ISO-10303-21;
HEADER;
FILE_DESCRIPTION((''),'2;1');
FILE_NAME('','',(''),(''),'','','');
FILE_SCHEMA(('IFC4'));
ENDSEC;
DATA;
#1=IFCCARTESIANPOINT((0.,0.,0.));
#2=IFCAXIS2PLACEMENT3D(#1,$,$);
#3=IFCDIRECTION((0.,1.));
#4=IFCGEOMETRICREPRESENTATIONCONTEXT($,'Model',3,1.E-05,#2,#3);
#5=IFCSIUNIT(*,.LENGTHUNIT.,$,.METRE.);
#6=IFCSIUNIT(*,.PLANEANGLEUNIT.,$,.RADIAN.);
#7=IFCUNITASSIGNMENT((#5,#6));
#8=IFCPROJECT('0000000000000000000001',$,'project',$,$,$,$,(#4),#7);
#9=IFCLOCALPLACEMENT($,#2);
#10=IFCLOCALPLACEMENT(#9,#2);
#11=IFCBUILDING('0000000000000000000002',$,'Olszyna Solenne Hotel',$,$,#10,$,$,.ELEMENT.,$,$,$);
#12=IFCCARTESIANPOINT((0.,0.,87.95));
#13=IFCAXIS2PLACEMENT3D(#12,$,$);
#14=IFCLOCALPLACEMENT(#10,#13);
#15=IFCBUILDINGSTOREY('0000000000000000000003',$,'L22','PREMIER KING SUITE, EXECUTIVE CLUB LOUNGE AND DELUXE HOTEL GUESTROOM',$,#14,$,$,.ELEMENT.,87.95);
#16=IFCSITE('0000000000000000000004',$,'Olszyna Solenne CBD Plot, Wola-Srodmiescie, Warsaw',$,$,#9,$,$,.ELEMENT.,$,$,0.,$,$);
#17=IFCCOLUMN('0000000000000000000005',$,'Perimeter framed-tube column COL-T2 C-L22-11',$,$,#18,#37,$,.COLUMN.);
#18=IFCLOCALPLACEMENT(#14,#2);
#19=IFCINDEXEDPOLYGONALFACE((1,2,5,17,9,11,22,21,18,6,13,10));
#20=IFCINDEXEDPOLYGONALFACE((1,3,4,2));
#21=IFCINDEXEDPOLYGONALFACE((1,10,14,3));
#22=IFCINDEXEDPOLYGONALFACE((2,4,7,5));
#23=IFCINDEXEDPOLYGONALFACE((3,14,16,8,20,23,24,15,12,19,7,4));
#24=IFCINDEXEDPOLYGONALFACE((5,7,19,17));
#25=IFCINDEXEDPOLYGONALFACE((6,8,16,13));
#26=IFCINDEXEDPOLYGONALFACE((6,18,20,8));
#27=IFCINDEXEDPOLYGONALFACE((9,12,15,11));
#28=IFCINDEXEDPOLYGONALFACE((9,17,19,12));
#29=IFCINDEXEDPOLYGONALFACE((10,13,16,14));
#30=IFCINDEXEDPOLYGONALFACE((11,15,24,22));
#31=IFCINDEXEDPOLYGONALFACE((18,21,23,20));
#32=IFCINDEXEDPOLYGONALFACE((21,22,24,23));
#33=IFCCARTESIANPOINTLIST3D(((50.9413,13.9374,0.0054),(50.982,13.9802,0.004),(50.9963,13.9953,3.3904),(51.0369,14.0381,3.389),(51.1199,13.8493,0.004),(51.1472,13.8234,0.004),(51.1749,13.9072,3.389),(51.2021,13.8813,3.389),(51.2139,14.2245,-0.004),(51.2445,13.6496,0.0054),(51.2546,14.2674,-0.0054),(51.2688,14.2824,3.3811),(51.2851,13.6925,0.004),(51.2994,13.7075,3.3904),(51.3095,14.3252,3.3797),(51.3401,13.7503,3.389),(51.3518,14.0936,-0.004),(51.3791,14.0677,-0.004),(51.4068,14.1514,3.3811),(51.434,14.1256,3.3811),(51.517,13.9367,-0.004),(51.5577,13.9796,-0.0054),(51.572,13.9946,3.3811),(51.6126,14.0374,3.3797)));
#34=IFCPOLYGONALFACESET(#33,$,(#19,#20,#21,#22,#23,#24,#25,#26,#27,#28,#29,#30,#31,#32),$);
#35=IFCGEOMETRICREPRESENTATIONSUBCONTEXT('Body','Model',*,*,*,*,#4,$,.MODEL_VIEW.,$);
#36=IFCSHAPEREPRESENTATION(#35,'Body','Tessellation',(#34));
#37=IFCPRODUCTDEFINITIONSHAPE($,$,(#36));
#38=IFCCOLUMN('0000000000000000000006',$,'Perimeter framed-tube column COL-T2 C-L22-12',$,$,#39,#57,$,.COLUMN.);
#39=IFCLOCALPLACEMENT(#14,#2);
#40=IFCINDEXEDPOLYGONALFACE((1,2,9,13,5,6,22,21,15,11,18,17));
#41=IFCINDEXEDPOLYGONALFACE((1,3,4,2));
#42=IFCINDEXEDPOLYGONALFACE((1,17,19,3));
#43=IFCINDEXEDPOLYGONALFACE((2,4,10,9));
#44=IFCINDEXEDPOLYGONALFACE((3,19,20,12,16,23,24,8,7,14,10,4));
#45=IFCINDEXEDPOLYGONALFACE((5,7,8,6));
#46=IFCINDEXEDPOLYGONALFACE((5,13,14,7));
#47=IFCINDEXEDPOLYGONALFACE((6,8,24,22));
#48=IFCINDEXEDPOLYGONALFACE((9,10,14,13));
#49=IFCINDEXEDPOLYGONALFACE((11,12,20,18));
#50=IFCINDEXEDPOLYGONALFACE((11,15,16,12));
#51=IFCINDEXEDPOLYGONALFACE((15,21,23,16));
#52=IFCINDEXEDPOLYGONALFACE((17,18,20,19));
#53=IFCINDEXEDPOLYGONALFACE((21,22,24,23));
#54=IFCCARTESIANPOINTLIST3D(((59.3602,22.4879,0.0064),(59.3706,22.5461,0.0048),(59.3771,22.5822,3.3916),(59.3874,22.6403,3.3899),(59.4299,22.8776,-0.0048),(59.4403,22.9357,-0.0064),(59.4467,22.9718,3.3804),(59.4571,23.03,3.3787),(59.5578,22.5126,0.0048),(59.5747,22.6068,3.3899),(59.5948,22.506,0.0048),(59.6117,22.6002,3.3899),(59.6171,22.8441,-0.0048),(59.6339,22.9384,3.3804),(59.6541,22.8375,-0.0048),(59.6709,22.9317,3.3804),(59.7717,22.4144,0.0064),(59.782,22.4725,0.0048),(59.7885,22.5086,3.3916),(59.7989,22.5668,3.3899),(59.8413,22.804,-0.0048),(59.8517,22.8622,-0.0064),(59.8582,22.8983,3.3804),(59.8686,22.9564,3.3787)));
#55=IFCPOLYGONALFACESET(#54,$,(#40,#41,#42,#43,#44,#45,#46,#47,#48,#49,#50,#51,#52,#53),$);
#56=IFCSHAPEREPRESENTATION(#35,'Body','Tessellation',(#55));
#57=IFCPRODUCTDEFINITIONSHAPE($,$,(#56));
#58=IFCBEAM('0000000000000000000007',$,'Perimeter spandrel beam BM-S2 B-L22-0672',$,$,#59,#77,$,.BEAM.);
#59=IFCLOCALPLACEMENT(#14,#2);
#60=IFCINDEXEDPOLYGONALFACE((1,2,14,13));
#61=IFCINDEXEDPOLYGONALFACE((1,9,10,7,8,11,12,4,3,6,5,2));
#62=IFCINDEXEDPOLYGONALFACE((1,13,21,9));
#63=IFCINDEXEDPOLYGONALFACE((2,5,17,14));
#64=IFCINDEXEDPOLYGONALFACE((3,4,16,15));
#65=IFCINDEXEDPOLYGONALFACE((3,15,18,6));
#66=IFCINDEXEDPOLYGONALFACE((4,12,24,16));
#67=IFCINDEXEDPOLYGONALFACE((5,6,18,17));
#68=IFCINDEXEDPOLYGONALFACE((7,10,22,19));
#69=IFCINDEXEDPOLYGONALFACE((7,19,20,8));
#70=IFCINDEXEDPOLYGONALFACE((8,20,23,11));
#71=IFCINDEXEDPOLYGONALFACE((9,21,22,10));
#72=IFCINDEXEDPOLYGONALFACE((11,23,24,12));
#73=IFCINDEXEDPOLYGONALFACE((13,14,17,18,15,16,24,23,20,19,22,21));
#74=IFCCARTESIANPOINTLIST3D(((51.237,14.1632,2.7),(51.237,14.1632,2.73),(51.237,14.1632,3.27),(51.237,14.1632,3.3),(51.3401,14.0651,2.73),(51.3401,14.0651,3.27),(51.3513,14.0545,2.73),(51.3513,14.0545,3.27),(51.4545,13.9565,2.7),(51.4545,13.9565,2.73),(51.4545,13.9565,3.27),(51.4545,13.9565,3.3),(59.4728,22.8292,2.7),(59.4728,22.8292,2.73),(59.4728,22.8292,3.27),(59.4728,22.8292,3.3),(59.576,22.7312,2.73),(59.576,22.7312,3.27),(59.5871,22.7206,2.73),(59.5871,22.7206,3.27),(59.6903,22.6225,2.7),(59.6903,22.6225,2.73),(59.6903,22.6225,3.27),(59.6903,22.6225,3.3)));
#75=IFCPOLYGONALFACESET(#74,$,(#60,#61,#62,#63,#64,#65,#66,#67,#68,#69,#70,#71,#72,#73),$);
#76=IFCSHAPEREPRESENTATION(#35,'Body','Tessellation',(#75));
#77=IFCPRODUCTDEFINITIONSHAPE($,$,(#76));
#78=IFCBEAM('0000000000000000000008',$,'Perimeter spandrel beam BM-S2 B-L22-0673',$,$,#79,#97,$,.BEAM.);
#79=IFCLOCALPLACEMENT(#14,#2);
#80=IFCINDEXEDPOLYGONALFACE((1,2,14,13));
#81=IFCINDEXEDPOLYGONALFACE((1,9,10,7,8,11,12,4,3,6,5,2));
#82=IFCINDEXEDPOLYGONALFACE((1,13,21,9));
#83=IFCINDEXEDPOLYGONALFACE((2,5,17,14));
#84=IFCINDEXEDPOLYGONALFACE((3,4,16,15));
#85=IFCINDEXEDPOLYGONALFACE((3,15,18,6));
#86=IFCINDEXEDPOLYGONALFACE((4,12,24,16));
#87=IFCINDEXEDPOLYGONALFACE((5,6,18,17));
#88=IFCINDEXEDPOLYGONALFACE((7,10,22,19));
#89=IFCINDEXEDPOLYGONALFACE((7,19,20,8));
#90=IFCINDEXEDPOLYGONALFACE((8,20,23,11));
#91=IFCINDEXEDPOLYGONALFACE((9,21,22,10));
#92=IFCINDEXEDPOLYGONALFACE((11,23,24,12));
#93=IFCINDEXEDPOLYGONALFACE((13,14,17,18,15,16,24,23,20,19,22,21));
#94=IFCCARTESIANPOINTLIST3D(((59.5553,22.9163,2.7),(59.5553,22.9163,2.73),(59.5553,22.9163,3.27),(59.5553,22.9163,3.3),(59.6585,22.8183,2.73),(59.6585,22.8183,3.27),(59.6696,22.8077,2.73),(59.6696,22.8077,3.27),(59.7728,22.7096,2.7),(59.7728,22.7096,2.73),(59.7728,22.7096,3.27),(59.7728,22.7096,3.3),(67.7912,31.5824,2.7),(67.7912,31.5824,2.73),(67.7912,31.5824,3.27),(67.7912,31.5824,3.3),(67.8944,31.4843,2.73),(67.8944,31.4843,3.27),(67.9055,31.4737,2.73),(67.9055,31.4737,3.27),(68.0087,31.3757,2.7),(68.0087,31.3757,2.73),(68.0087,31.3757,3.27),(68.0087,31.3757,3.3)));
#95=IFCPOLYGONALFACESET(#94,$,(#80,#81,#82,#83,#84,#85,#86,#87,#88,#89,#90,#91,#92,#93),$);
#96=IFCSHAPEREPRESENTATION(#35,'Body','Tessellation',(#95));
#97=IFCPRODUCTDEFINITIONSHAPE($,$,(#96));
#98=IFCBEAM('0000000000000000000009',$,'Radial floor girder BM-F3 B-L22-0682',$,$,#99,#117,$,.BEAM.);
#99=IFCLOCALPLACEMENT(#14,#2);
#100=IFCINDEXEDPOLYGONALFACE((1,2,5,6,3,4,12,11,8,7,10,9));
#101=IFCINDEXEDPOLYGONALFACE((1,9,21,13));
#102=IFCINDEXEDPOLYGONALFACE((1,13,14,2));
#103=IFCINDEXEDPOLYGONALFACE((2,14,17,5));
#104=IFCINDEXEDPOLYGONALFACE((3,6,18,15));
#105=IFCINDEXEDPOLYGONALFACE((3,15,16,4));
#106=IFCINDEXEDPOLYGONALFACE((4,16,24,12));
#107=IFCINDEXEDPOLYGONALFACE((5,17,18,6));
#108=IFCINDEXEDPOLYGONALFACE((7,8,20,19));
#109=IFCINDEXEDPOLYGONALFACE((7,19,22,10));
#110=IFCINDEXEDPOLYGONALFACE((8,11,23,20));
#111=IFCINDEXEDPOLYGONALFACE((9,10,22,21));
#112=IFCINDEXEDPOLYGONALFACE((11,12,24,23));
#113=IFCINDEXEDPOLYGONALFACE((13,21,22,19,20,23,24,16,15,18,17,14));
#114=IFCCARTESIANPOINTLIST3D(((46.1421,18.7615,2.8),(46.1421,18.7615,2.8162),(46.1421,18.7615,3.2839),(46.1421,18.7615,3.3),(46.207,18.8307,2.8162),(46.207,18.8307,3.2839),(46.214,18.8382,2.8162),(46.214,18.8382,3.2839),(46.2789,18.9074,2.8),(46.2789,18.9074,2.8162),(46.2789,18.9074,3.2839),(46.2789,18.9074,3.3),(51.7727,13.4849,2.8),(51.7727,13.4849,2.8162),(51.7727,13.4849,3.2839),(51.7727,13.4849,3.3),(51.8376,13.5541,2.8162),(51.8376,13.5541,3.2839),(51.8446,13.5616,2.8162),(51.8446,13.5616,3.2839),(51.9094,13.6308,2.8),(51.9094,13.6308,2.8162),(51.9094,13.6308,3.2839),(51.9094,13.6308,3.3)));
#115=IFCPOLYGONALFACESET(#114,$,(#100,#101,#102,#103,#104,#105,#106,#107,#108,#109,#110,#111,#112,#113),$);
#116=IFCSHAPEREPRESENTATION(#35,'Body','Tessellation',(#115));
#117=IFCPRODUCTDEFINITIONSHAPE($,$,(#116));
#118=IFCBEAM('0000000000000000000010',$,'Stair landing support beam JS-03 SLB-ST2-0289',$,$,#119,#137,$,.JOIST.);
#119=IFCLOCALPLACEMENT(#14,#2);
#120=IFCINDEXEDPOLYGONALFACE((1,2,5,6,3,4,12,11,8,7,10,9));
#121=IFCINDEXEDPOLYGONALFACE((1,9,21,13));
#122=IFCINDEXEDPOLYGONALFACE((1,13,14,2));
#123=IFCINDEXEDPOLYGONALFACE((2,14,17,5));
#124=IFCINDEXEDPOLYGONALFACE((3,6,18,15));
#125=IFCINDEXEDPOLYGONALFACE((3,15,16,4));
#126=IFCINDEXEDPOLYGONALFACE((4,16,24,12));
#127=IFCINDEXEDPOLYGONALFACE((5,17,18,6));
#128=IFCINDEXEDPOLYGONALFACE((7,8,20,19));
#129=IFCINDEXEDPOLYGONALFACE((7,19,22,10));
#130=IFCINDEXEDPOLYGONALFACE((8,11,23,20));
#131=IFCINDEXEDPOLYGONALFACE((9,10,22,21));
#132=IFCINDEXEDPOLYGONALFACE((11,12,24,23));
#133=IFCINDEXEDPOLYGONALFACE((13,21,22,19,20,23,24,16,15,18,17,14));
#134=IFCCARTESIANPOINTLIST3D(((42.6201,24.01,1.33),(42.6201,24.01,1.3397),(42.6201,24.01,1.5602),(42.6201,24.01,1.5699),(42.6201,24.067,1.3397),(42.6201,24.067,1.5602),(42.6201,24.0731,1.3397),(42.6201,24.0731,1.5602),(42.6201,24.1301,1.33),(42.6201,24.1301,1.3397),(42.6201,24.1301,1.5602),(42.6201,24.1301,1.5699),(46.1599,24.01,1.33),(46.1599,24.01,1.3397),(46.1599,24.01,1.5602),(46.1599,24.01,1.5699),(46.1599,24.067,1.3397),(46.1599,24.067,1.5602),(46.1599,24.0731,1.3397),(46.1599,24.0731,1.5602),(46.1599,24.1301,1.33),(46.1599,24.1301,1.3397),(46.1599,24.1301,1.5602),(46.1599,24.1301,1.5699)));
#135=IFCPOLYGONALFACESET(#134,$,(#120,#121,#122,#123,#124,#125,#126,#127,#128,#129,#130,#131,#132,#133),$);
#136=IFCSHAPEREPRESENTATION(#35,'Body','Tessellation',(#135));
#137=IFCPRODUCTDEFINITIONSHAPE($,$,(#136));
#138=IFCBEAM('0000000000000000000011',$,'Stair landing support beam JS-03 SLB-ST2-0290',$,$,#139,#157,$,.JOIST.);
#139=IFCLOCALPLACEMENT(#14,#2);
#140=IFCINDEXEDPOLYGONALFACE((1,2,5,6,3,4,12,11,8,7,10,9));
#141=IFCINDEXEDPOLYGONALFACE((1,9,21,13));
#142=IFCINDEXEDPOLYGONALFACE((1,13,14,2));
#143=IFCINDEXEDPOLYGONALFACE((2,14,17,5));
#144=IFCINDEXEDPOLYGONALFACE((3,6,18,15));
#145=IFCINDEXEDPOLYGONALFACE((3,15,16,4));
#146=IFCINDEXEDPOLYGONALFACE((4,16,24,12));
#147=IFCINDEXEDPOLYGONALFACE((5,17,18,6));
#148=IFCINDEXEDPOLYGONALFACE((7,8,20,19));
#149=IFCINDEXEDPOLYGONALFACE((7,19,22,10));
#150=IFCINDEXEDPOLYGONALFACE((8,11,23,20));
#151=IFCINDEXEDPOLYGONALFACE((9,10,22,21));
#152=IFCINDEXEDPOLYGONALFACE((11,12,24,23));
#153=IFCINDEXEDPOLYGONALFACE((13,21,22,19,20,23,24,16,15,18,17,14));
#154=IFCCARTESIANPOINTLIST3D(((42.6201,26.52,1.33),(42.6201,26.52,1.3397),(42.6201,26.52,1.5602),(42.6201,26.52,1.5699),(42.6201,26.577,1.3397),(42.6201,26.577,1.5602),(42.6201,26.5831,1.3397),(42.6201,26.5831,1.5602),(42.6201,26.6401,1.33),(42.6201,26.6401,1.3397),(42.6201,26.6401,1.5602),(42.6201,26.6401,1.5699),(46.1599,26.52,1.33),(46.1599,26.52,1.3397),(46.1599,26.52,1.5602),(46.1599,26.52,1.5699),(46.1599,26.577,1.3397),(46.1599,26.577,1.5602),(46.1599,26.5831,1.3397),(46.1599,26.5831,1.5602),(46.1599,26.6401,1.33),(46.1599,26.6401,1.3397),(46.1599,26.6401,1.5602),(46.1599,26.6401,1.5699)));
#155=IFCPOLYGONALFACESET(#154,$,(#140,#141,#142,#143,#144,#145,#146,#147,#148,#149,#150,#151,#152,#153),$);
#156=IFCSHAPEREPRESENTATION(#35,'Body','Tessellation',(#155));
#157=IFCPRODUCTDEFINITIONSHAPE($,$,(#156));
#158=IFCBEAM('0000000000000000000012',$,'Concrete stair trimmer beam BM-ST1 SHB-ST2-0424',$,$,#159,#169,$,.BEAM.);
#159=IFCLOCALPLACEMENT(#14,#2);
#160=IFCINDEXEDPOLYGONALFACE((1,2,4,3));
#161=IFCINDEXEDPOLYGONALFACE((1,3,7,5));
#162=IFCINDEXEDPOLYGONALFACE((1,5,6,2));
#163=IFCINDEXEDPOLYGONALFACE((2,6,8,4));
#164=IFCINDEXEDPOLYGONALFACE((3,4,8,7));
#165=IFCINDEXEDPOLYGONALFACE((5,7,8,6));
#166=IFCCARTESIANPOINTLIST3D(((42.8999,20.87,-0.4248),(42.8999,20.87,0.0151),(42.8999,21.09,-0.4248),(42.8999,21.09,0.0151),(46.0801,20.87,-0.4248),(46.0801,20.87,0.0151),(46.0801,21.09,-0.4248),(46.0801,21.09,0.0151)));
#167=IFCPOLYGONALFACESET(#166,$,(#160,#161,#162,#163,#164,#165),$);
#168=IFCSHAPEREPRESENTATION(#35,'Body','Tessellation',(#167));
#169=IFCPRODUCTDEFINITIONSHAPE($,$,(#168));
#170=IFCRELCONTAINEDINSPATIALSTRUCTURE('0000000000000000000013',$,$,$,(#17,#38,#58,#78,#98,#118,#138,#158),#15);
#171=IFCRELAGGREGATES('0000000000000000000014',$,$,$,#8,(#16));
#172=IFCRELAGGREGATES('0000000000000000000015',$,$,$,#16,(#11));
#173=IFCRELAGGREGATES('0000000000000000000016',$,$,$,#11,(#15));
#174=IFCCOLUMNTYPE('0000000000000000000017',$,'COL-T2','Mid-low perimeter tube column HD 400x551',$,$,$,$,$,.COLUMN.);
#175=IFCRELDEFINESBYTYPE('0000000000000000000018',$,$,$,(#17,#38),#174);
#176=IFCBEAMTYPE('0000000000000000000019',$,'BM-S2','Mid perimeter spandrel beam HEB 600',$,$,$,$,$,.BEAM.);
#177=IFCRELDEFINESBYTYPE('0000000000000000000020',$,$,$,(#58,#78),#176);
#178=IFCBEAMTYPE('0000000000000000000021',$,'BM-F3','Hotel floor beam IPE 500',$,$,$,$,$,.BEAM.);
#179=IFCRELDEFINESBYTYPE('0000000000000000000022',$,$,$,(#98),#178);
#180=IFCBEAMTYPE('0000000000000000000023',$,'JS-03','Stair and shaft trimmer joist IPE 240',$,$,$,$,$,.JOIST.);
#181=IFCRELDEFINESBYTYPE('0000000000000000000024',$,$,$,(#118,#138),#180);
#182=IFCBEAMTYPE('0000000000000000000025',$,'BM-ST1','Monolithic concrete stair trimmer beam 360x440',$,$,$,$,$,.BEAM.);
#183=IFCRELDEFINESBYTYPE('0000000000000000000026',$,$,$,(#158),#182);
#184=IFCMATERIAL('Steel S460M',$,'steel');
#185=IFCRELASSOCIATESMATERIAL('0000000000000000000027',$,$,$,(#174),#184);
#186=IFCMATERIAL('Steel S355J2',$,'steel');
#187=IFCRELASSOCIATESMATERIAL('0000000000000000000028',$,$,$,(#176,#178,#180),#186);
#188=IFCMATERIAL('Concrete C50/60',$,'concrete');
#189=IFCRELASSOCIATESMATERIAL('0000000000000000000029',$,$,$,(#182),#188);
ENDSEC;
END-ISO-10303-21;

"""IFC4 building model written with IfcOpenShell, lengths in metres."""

from ifc_helpers import new_model, si_unit, direction, frame, origin, origin_2d, place, context, subcontext, project, spatial, rectangle, i_section, extrude, source, transform, mapped, material, material_profile, profile_set, type_object, element, save


model = new_model("IFC4")

# Units and contexts
model_context = context("Model", 3, precision=1e-05, world=origin(), true_north=direction((0.0, 1.0)))
body_context = subcontext(model_context, "Body", "Model", "MODEL_VIEW")
ifc_project = project(units=[si_unit("LENGTHUNIT", "METRE"), si_unit("PLANEANGLEUNIT", "RADIAN")], contexts=[model_context])

# Site, building, storey
site_placement = place(None, origin())
site = spatial("IfcSite", under=ifc_project, at=site_placement, Name="Olszyna Solenne CBD Plot, Wola-Srodmiescie, Warsaw", CompositionType="ELEMENT", RefElevation=0.0)
building_placement = place(site_placement, origin())
building = spatial("IfcBuilding", under=site, at=building_placement, Name="Olszyna Solenne Hotel", CompositionType="ELEMENT")
storey_placement = place(building_placement, frame((0.0, 0.0, 87.95)))
storey = spatial("IfcBuildingStorey", under=building, at=storey_placement, Name="L22", Description="PREMIER KING SUITE, EXECUTIVE CLUB LOUNGE AND DELUXE HOTEL GUESTROOM", CompositionType="ELEMENT", Elevation=87.95)

# Columns
ifc_material_1 = material(Name="Steel S460M", Category="steel")
ifc_material_profile_1 = material_profile(ifc_material_1, i_section(OverallWidth=0.418, OverallDepth=0.4551, WebThickness=0.0376, FlangeThickness=0.0591, at=origin_2d()), Name="HD 400x551", Category="load-bearing")
ifc_profile_set_1 = profile_set([ifc_material_profile_1], Name="Steel S460M")
column_type = type_object("IfcColumnType", Name="COL-T2", Description="Mid-low perimeter tube column HD 400x551", PredefinedType="COLUMN", material=ifc_profile_set_1)
shared_shape_1 = source(origin(), body_context, "Body", "SweptSolid", [
    extrude(i_section(OverallWidth=0.418, OverallDepth=0.4551, WebThickness=0.0376, FlangeThickness=0.0591, at=origin_2d()), origin(), (0.0, 0.0, 1.0), 3.386),
])
column_1_placement = place(storey_placement, frame((51.2495, 13.9585, 0.0), z_axis=(0.016223, 0.017089, 0.999722), x_axis=(-0.725229, 0.688508, 0.0)))
element("IfcColumn", 1, at=column_1_placement, inside=storey, type_object=column_type, Name="Perimeter framed-tube column COL-T2 C-L22-11", PredefinedType="COLUMN", context=body_context, shape_type="MappedRepresentation", body=[
    mapped(shared_shape_1, transform((0.0, 0.0, 0.0), x_axis=(1.0, 0.0, 0.0), y_axis=(0.0, 1.0, 0.0), z_axis=(0.0, 0.0, 1.0), scale=1.0)),
])
shared_shape_2 = source(origin(), body_context, "Body", "SweptSolid", [
    extrude(i_section(OverallWidth=0.418, OverallDepth=0.4551, WebThickness=0.0376, FlangeThickness=0.0591, at=origin_2d()), origin(), (0.0, 0.0, 1.0), 3.3865),
])
column_2_placement = place(storey_placement, frame((59.606, 22.675, 0.0), z_axis=(0.004975, 0.027829, 0.9996), x_axis=(-0.984396, 0.175967, 0.0)))
element("IfcColumn", 2, at=column_2_placement, inside=storey, type_object=column_type, Name="Perimeter framed-tube column COL-T2 C-L22-12", PredefinedType="COLUMN", context=body_context, shape_type="MappedRepresentation", body=[
    mapped(shared_shape_2, transform((0.0, 0.0, 0.0), x_axis=(1.0, 0.0, 0.0), y_axis=(0.0, 1.0, 0.0), z_axis=(0.0, 0.0, 1.0), scale=1.0)),
])

# Beams
ifc_material_2 = material(Name="Steel S355J2", Category="steel")
ifc_material_profile_2 = material_profile(ifc_material_2, i_section(OverallWidth=0.3, OverallDepth=0.6001, WebThickness=0.0154, FlangeThickness=0.03, at=origin_2d()), Name="HEB 600", Category="load-bearing")
ifc_profile_set_2 = profile_set([ifc_material_profile_2], Name="Steel S355J2")
beam_type_1 = type_object("IfcBeamType", Name="BM-S2", Description="Mid perimeter spandrel beam HEB 600", PredefinedType="BEAM", material=ifc_profile_set_2)
shared_shape_3 = source(origin(), body_context, "Body", "SweptSolid", [
    extrude(i_section(OverallWidth=0.3, OverallDepth=0.6001, WebThickness=0.0154, FlangeThickness=0.03, at=origin_2d()), origin(), (0.0, 0.0, 1.0), 11.9553),
])
for number, where, z_axis, x_axis, name in (
    (3, (51.3457, 14.0598, 3.0), (0.688887, 0.724869, 0.0), (-0.724869, 0.688887, 0.0), "Perimeter spandrel beam BM-S2 B-L22-0672"),
    (4, (59.6641, 22.813, 3.0), (0.688887, 0.724869, 0.0), (-0.724869, 0.688887, 0.0), "Perimeter spandrel beam BM-S2 B-L22-0673"),
):
    element("IfcBeam", number, at=place(storey_placement, frame(where, z_axis=z_axis, x_axis=x_axis)), inside=storey, type_object=beam_type_1, Name=name, PredefinedType="BEAM", context=body_context, shape_type="MappedRepresentation", body=[
        mapped(shared_shape_3, transform((0.0, 0.0, 0.0), x_axis=(1.0, 0.0, 0.0), y_axis=(0.0, 1.0, 0.0), z_axis=(0.0, 0.0, 1.0), scale=1.0)),
    ])
ifc_material_profile_3 = material_profile(ifc_material_2, i_section(OverallWidth=0.2, OverallDepth=0.5, WebThickness=0.0103, FlangeThickness=0.0161, at=origin_2d()), Name="IPE 500", Category="load-bearing")
ifc_profile_set_3 = profile_set([ifc_material_profile_3], Name="Steel S355J2")
beam_type_2 = type_object("IfcBeamType", Name="BM-F3", Description="Hotel floor beam IPE 500", PredefinedType="BEAM", material=ifc_profile_set_3)
shared_shape_4 = source(origin(), body_context, "Body", "SweptSolid", [
    extrude(i_section(OverallWidth=0.2, OverallDepth=0.5, WebThickness=0.0103, FlangeThickness=0.0161, at=origin_2d()), origin(), (0.0, 0.0, 1.0), 7.7166),
])
beam_1_placement = place(storey_placement, frame((51.8411, 13.5579, 3.05), z_axis=(-0.729672, 0.683797, 0.0), x_axis=(-0.683797, -0.729672, 0.0)))
element("IfcBeam", 5, at=beam_1_placement, inside=storey, type_object=beam_type_2, Name="Radial floor girder BM-F3 B-L22-0682", PredefinedType="BEAM", context=body_context, shape_type="MappedRepresentation", body=[
    mapped(shared_shape_4, transform((0.0, 0.0, 0.0), x_axis=(1.0, 0.0, 0.0), y_axis=(0.0, 1.0, 0.0), z_axis=(0.0, 0.0, 1.0), scale=1.0)),
])
ifc_material_profile_4 = material_profile(ifc_material_2, i_section(OverallWidth=0.1201, OverallDepth=0.24, WebThickness=0.0061, FlangeThickness=0.0098, at=origin_2d()), Name="IPE 240", Category="load-bearing")
ifc_profile_set_4 = profile_set([ifc_material_profile_4], Name="Steel S355J2")
beam_type_3 = type_object("IfcBeamType", Name="JS-03", Description="Stair and shaft trimmer joist IPE 240", PredefinedType="JOIST", material=ifc_profile_set_4)
shared_shape_5 = source(origin(), body_context, "Body", "SweptSolid", [
    extrude(i_section(OverallWidth=0.1201, OverallDepth=0.24, WebThickness=0.0061, FlangeThickness=0.0098, at=origin_2d()), origin(), (0.0, 0.0, 1.0), 3.5398),
])
for number, where, z_axis, x_axis, name in (
    (6, (46.1599, 24.0701, 1.45), (-1.0, 0.0, 0.0), (0.0, -1.0, 0.0), "Stair landing support beam JS-03 SLB-ST2-0289"),
    (7, (46.1599, 26.5801, 1.45), (-1.0, 0.0, 0.0), (0.0, -1.0, 0.0), "Stair landing support beam JS-03 SLB-ST2-0290"),
):
    element("IfcBeam", number, at=place(storey_placement, frame(where, z_axis=z_axis, x_axis=x_axis)), inside=storey, type_object=beam_type_3, Name=name, PredefinedType="JOIST", context=body_context, shape_type="MappedRepresentation", body=[
        mapped(shared_shape_5, transform((0.0, 0.0, 0.0), x_axis=(1.0, 0.0, 0.0), y_axis=(0.0, 1.0, 0.0), z_axis=(0.0, 0.0, 1.0), scale=1.0)),
    ])
ifc_material_3 = material(Name="Concrete C50/60", Category="concrete")
ifc_material_profile_5 = material_profile(ifc_material_3, rectangle(XDim=0.22, YDim=0.4399, at=origin_2d()), Name="RC 220x440", Category="load-bearing")
ifc_profile_set_5 = profile_set([ifc_material_profile_5], Name="Concrete C50/60")
beam_type_4 = type_object("IfcBeamType", Name="BM-ST1", Description="Monolithic concrete stair trimmer beam 360x440", PredefinedType="BEAM", material=ifc_profile_set_5)
shared_shape_6 = source(origin(), body_context, "Body", "SweptSolid", [
    extrude(rectangle(XDim=0.22, YDim=0.4399, at=origin_2d()), origin(), (0.0, 0.0, 1.0), 3.1802),
])
beam_2_placement = place(storey_placement, frame((46.0801, 20.98, -0.2048), z_axis=(-1.0, 0.0, 0.0), x_axis=(0.0, -1.0, 0.0)))
element("IfcBeam", 8, at=beam_2_placement, inside=storey, type_object=beam_type_4, Name="Concrete stair trimmer beam BM-ST1 SHB-ST2-0424", PredefinedType="BEAM", context=body_context, shape_type="MappedRepresentation", body=[
    mapped(shared_shape_6, transform((0.0, 0.0, 0.0), x_axis=(1.0, 0.0, 0.0), y_axis=(0.0, 1.0, 0.0), z_axis=(0.0, 0.0, 1.0), scale=1.0)),
])

save(model, "model.ifc")
